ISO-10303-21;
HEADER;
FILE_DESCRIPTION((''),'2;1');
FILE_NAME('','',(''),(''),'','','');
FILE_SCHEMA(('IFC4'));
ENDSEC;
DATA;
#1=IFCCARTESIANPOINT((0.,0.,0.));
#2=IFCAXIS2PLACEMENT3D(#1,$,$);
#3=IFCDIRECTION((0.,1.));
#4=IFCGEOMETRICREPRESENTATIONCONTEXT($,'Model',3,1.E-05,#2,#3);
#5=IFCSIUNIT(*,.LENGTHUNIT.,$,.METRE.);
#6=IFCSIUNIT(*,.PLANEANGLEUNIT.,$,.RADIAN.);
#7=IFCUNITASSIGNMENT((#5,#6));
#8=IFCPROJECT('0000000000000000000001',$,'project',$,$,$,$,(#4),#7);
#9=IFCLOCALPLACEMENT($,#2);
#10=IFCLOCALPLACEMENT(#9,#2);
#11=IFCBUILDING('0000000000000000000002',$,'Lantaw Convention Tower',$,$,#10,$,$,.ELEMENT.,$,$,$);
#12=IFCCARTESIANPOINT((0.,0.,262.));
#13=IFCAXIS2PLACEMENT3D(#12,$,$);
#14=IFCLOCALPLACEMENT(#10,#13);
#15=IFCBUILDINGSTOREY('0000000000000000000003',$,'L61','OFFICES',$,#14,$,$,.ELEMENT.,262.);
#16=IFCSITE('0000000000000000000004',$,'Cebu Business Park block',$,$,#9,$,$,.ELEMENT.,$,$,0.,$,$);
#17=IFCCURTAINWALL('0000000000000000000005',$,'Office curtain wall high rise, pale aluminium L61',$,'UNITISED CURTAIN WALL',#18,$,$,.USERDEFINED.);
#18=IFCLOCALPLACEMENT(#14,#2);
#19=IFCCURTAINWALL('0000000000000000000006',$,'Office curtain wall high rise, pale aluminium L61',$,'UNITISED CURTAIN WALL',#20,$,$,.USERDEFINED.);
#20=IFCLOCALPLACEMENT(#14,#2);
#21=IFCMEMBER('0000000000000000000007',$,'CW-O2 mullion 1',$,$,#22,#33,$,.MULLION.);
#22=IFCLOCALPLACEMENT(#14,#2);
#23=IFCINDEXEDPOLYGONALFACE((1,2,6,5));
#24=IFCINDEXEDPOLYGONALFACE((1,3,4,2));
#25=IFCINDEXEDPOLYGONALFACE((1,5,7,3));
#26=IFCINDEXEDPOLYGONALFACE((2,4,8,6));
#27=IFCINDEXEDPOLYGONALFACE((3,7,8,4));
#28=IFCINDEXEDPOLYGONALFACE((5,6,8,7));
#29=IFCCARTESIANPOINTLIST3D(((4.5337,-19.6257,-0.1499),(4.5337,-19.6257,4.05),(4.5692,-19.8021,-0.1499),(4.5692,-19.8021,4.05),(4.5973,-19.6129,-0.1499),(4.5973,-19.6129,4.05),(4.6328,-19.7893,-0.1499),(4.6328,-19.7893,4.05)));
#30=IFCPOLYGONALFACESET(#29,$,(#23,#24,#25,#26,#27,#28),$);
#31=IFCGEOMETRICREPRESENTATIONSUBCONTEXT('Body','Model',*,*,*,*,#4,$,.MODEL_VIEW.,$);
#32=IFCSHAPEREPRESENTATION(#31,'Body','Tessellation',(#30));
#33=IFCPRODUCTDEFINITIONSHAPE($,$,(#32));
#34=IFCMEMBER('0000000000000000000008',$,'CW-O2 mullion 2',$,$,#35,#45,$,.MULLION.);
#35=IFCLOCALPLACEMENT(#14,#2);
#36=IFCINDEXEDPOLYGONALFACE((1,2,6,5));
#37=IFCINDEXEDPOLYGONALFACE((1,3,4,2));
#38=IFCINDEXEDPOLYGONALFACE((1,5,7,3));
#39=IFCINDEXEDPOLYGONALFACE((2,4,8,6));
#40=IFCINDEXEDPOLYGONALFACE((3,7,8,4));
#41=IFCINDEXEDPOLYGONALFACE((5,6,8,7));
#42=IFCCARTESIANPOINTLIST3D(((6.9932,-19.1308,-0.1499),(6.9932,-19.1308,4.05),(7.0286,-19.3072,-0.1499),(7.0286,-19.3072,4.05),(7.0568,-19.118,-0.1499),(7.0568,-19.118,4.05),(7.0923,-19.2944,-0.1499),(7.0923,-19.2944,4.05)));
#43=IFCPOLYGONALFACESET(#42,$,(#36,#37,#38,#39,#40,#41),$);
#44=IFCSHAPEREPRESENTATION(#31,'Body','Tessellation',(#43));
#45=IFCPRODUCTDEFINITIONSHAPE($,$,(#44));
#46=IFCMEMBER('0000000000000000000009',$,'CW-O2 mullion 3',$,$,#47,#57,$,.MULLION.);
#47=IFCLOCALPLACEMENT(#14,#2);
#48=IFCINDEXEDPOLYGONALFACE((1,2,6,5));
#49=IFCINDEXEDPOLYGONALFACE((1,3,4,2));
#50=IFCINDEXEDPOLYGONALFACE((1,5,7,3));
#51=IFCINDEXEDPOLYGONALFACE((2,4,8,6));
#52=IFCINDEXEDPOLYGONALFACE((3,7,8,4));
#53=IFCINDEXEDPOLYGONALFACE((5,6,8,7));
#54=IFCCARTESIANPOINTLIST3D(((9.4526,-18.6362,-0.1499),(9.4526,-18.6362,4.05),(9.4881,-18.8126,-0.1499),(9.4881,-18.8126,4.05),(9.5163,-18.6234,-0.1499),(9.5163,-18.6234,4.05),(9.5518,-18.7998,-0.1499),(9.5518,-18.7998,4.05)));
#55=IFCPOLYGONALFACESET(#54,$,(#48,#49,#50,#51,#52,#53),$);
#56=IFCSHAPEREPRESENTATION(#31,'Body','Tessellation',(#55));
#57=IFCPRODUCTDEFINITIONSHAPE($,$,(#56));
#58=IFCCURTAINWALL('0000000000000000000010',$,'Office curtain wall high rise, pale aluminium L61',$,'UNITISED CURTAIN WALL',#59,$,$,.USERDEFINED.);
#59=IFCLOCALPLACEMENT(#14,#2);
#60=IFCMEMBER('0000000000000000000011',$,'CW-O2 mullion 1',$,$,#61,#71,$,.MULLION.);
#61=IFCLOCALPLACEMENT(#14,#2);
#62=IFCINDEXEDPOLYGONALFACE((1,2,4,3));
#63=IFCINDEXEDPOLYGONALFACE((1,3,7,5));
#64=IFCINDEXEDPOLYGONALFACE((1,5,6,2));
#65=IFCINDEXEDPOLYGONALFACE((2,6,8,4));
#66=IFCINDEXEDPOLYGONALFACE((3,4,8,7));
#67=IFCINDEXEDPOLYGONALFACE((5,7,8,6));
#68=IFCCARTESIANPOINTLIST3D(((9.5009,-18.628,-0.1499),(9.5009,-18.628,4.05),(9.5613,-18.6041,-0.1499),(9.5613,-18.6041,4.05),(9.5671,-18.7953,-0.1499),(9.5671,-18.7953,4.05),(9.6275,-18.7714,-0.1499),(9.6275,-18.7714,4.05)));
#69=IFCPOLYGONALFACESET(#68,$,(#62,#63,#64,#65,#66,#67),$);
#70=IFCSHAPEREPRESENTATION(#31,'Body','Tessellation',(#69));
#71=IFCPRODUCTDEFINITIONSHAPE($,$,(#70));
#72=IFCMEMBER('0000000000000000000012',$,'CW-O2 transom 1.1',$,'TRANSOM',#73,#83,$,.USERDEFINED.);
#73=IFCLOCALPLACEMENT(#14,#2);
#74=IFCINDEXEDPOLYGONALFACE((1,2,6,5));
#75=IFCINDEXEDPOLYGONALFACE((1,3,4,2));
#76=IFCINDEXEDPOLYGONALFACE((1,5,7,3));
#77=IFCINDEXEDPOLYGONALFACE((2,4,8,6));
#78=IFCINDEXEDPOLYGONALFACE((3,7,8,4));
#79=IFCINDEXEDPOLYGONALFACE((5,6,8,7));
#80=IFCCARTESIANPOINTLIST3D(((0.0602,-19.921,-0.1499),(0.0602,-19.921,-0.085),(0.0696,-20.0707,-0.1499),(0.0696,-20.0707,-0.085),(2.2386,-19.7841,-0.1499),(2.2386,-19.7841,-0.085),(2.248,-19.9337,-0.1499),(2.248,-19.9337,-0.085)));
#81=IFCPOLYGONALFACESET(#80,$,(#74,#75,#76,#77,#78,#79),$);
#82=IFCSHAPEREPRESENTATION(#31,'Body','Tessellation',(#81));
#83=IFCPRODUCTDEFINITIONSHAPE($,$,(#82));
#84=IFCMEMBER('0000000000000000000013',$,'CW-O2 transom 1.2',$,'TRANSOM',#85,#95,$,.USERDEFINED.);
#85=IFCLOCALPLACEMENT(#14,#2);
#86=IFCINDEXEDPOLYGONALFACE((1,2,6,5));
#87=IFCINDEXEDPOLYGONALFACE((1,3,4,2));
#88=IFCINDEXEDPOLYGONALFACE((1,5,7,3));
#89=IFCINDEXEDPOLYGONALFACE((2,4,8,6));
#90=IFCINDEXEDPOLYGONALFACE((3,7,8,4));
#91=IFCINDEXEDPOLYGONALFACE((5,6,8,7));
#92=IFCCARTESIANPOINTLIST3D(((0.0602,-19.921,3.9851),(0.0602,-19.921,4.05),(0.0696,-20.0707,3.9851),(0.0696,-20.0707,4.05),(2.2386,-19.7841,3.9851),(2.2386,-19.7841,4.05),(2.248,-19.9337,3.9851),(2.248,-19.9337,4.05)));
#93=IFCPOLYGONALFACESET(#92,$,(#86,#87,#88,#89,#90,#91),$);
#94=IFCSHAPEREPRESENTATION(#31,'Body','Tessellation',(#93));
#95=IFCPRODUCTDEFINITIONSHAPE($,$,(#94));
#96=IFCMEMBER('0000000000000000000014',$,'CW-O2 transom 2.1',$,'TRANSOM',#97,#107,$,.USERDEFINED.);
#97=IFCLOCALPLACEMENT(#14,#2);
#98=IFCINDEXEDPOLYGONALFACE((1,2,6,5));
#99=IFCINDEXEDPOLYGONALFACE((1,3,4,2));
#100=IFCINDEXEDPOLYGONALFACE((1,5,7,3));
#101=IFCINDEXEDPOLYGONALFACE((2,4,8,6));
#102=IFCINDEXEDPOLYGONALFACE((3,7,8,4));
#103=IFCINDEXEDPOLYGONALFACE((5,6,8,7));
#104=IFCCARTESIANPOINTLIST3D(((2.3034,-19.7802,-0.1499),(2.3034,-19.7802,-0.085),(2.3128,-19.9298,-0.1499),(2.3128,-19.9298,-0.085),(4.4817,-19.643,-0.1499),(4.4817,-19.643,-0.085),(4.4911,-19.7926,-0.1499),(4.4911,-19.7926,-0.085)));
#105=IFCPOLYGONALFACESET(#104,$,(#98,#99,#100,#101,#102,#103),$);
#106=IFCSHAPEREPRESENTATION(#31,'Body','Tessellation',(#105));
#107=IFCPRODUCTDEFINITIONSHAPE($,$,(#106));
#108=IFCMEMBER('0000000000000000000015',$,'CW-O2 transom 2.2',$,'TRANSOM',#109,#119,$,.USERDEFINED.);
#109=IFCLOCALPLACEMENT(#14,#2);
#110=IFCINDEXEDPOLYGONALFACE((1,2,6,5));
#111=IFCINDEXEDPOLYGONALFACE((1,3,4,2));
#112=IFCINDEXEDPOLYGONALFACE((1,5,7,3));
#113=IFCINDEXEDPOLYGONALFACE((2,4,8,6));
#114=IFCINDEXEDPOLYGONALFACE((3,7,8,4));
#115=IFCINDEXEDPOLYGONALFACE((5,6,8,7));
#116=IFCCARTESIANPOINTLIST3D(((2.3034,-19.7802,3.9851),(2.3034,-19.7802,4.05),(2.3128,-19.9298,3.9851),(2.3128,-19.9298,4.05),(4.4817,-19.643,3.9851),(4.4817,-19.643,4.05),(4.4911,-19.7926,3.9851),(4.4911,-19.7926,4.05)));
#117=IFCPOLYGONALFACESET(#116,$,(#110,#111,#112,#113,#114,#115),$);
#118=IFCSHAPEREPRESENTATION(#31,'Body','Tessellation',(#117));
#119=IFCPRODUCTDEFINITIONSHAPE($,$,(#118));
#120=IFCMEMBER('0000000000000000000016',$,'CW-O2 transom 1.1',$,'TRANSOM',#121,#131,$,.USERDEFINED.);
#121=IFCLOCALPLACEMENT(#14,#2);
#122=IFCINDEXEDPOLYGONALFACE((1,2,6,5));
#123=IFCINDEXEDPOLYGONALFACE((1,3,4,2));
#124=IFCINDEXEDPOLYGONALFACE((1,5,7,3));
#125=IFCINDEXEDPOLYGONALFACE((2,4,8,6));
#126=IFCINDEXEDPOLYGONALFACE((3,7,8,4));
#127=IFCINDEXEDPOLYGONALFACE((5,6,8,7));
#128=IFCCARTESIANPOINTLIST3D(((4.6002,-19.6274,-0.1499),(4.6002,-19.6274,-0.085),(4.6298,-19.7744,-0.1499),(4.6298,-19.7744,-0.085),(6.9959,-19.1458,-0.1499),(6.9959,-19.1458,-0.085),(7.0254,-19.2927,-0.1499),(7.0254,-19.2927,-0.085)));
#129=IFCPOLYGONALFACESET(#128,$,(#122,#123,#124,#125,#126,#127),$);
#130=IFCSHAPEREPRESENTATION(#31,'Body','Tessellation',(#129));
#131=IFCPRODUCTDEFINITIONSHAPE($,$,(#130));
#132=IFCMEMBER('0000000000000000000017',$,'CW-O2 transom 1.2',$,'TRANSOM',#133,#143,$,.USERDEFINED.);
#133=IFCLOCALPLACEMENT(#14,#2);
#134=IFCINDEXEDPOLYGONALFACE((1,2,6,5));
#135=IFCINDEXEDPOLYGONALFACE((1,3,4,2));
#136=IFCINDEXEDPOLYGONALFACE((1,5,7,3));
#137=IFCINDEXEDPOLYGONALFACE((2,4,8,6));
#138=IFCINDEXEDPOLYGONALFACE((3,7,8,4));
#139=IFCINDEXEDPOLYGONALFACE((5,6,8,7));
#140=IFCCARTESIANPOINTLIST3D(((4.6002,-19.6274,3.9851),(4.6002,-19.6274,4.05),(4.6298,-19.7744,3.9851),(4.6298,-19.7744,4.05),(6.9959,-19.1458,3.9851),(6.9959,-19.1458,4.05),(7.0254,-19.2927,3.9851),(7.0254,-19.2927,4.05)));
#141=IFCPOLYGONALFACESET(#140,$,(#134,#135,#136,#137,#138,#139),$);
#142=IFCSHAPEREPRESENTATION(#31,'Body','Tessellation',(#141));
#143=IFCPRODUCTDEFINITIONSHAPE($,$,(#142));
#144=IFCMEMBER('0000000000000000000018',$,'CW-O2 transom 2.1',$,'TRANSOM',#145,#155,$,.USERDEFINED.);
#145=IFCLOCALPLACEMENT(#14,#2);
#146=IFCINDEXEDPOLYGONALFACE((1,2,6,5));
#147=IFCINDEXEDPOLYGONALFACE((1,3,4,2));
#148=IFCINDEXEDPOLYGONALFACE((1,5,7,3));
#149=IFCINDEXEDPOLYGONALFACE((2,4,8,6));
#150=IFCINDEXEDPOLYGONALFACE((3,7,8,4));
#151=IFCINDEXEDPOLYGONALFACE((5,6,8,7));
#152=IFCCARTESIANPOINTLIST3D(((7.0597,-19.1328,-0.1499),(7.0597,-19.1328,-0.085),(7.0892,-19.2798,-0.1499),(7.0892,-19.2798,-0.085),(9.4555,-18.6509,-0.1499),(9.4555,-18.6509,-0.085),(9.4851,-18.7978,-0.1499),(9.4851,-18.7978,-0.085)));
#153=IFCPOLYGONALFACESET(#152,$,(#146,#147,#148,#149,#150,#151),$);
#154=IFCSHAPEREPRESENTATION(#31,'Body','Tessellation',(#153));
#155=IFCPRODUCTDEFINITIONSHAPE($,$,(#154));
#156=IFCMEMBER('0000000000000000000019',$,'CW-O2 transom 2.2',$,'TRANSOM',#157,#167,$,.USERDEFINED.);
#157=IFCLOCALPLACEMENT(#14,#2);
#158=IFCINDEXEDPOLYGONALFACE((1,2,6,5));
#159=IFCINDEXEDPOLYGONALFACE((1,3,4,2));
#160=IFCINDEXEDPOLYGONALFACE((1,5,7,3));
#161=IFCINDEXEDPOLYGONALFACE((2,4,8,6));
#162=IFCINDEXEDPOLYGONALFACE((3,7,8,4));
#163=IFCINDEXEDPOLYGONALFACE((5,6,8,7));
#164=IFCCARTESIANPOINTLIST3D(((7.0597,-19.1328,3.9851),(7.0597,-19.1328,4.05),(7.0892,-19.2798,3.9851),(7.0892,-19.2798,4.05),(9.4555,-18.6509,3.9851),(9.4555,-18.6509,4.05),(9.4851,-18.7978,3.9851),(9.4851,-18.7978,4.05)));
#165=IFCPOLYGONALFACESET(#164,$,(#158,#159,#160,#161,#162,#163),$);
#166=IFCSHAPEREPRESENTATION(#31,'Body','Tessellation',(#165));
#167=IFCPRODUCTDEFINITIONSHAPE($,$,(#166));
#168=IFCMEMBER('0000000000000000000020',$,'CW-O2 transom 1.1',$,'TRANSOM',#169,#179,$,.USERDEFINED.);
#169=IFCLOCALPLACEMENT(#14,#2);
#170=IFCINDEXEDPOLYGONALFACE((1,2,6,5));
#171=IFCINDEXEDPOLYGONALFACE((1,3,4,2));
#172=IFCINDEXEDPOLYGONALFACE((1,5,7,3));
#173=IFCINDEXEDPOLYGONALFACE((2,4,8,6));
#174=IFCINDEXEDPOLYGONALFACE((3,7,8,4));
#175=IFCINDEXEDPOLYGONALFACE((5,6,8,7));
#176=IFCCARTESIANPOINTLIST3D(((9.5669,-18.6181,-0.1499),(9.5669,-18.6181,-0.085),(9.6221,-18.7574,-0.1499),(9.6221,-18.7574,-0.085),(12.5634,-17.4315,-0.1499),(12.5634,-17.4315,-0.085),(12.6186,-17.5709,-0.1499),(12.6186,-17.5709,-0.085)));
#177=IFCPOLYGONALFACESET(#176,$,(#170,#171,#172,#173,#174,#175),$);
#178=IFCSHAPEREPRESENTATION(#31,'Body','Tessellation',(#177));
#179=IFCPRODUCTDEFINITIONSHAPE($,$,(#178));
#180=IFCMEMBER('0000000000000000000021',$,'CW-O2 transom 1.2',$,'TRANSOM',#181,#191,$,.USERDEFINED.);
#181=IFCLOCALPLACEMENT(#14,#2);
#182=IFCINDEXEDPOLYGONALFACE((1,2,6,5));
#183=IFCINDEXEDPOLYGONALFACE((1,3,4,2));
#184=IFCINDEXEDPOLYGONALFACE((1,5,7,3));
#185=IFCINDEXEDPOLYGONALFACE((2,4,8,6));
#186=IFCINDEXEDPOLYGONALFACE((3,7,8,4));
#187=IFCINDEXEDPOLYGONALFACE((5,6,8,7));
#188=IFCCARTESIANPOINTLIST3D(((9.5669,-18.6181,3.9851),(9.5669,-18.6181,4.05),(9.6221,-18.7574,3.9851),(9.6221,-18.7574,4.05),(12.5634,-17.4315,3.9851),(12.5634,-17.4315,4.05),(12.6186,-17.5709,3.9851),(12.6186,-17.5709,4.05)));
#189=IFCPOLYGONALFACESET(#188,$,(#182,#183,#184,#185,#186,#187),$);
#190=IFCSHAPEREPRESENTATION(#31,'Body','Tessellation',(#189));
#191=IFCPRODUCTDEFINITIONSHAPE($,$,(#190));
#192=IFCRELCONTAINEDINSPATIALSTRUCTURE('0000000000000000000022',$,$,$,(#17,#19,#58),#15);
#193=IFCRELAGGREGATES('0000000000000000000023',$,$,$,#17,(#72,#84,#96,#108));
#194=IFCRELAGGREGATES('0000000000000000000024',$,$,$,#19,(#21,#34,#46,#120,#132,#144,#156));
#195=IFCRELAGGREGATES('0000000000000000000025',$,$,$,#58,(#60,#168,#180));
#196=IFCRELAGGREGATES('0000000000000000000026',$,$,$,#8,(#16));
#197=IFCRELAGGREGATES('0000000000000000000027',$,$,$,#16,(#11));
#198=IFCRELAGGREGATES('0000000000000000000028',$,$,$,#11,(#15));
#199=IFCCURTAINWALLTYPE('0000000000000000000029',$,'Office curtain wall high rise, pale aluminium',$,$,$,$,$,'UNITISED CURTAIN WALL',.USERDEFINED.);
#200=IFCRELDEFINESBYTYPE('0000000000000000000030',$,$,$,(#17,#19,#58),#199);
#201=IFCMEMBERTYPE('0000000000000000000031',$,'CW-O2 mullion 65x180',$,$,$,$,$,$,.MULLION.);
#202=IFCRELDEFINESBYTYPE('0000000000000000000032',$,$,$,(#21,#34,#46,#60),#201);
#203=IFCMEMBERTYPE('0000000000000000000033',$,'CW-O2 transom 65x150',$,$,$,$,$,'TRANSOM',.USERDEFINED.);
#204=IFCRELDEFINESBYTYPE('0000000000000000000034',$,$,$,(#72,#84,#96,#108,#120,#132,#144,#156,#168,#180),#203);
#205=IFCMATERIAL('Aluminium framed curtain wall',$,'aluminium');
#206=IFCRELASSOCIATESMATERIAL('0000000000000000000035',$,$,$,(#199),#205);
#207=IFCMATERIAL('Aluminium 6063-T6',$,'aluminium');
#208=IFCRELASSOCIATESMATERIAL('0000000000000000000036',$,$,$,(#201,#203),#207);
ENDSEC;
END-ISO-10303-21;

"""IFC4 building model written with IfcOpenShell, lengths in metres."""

from ifc_helpers import new_model, si_unit, direction, frame, origin, origin_2d, place, context, subcontext, project, spatial, rectangle, extrude, material, material_profile, profile_set, type_object, element, aggregate, save


model = new_model("IFC4")

# Units and contexts
model_context = context("Model", 3, precision=1e-05, world=origin(), true_north=direction((0.0, 1.0)))
body_context = subcontext(model_context, "Body", "Model", "MODEL_VIEW")
ifc_project = project(units=[si_unit("LENGTHUNIT", "METRE"), si_unit("PLANEANGLEUNIT", "RADIAN")], contexts=[model_context])

# Site, building, storey
site_placement = place(None, origin())
site = spatial("IfcSite", under=ifc_project, at=site_placement, Name="Cebu Business Park block", CompositionType="ELEMENT", RefElevation=0.0)
building_placement = place(site_placement, origin())
building = spatial("IfcBuilding", under=site, at=building_placement, Name="Lantaw Convention Tower", CompositionType="ELEMENT")
storey_placement = place(building_placement, frame((0.0, 0.0, 262.0)))
storey = spatial("IfcBuildingStorey", under=building, at=storey_placement, Name="L61", Description="OFFICES", CompositionType="ELEMENT", Elevation=262.0)

# Curtain walls, members
ifc_material_1 = material(Name="Aluminium framed curtain wall", Category="aluminium")
curtain_wall_type = type_object("IfcCurtainWallType", Name="Office curtain wall high rise, pale aluminium", ElementType="UNITISED CURTAIN WALL", PredefinedType="USERDEFINED", material=ifc_material_1)
curtain_wall_1_placement = place(storey_placement, origin())
curtain_wall_1 = element("IfcCurtainWall", 1, at=curtain_wall_1_placement, inside=storey, type_object=curtain_wall_type, Name="Office curtain wall high rise, pale aluminium L61", ObjectType="UNITISED CURTAIN WALL", PredefinedType="USERDEFINED")
ifc_material_2 = material(Name="Aluminium 6063-T6", Category="aluminium")
ifc_material_profile_1 = material_profile(ifc_material_2, rectangle(XDim=0.1799, YDim=0.0649, at=origin_2d()), Name="CW-O2 mullion 65x180")
ifc_profile_set_1 = profile_set([ifc_material_profile_1], Name="Aluminium 6063-T6")
member_type_1 = type_object("IfcMemberType", Name="CW-O2 mullion 65x180", PredefinedType="MULLION", material=ifc_profile_set_1)
curtain_wall_2_placement = place(storey_placement, origin())
curtain_wall_2 = element("IfcCurtainWall", 2, at=curtain_wall_2_placement, inside=storey, type_object=curtain_wall_type, Name="Office curtain wall high rise, pale aluminium L61", ObjectType="UNITISED CURTAIN WALL", PredefinedType="USERDEFINED")
member_1_placement = place(storey_placement, frame((4.5833, -19.7075, -0.1499), z_axis=(0.0, 0.0, 1.0), x_axis=(-0.197183, 0.980367, 0.0)))
member_1 = element("IfcMember", 3, at=member_1_placement, type_object=member_type_1, Name="CW-O2 mullion 1", PredefinedType="MULLION", context=body_context, shape_type="SweptSolid", body=[
    extrude(rectangle(XDim=0.1799, YDim=0.0649, at=origin_2d()), origin(), (0.0, 0.0, 1.0), 4.2),
])
member_2_placement = place(storey_placement, frame((7.0427, -19.2126, -0.1499), z_axis=(0.0, 0.0, 1.0), x_axis=(-0.197183, 0.980367, 0.0)))
member_2 = element("IfcMember", 4, at=member_2_placement, type_object=member_type_1, Name="CW-O2 mullion 2", PredefinedType="MULLION", context=body_context, shape_type="SweptSolid", body=[
    extrude(rectangle(XDim=0.1799, YDim=0.0649, at=origin_2d()), origin(), (0.0, 0.0, 1.0), 4.2),
])
member_3_placement = place(storey_placement, frame((9.5022, -18.718, -0.1499), z_axis=(0.0, 0.0, 1.0), x_axis=(-0.197183, 0.980367, 0.0)))
member_3 = element("IfcMember", 5, at=member_3_placement, type_object=member_type_1, Name="CW-O2 mullion 3", PredefinedType="MULLION", context=body_context, shape_type="SweptSolid", body=[
    extrude(rectangle(XDim=0.1799, YDim=0.0649, at=origin_2d()), origin(), (0.0, 0.0, 1.0), 4.2),
])

# Curtain wall, member
curtain_wall_3_placement = place(storey_placement, origin())
curtain_wall_3 = element("IfcCurtainWall", 6, at=curtain_wall_3_placement, inside=storey, type_object=curtain_wall_type, Name="Office curtain wall high rise, pale aluminium L61", ObjectType="UNITISED CURTAIN WALL", PredefinedType="USERDEFINED")
member_4_placement = place(storey_placement, frame((9.5642, -18.6997, -0.1499), z_axis=(0.0, 0.0, 1.0), x_axis=(-0.368162, 0.929762, 0.0)))
member_4 = element("IfcMember", 7, at=member_4_placement, type_object=member_type_1, Name="CW-O2 mullion 1", PredefinedType="MULLION", context=body_context, shape_type="SweptSolid", body=[
    extrude(rectangle(XDim=0.1799, YDim=0.0649, at=origin_2d()), origin(), (0.0, 0.0, 1.0), 4.2),
])

# Members
ifc_material_profile_2 = material_profile(ifc_material_2, rectangle(XDim=0.1499, YDim=0.0649, at=origin_2d()), Name="CW-O2 transom 65x150")
ifc_profile_set_2 = profile_set([ifc_material_profile_2], Name="Aluminium 6063-T6")
member_type_2 = type_object("IfcMemberType", Name="CW-O2 transom 65x150", ElementType="TRANSOM", PredefinedType="USERDEFINED", material=ifc_profile_set_2)
member_5_placement = place(storey_placement, frame((0.0649, -19.9958, -0.1174), z_axis=(0.998029, 0.062754, 0.0), x_axis=(-0.062754, 0.998029, 0.0)))
member_5 = element("IfcMember", 8, at=member_5_placement, type_object=member_type_2, Name="CW-O2 transom 1.1", ObjectType="TRANSOM", PredefinedType="USERDEFINED", context=body_context, shape_type="SweptSolid", body=[
    extrude(rectangle(XDim=0.1499, YDim=0.0649, at=origin_2d()), origin(), (0.0, 0.0, 1.0), 2.1826),
])
member_6_placement = place(storey_placement, frame((0.0649, -19.9958, 4.0176), z_axis=(0.998029, 0.062754, 0.0), x_axis=(-0.062754, 0.998029, 0.0)))
member_6 = element("IfcMember", 9, at=member_6_placement, type_object=member_type_2, Name="CW-O2 transom 1.2", ObjectType="TRANSOM", PredefinedType="USERDEFINED", context=body_context, shape_type="SweptSolid", body=[
    extrude(rectangle(XDim=0.1499, YDim=0.0649, at=origin_2d()), origin(), (0.0, 0.0, 1.0), 2.1826),
])
member_7_placement = place(storey_placement, frame((2.3081, -19.855, -0.1174), z_axis=(0.998022, 0.062866, 0.0), x_axis=(-0.062866, 0.998022, 0.0)))
member_7 = element("IfcMember", 10, at=member_7_placement, type_object=member_type_2, Name="CW-O2 transom 2.1", ObjectType="TRANSOM", PredefinedType="USERDEFINED", context=body_context, shape_type="SweptSolid", body=[
    extrude(rectangle(XDim=0.1499, YDim=0.0649, at=origin_2d()), origin(), (0.0, 0.0, 1.0), 2.1826),
])
member_8_placement = place(storey_placement, frame((2.3081, -19.855, 4.0176), z_axis=(0.998022, 0.062866, 0.0), x_axis=(-0.062866, 0.998022, 0.0)))
member_8 = element("IfcMember", 11, at=member_8_placement, type_object=member_type_2, Name="CW-O2 transom 2.2", ObjectType="TRANSOM", PredefinedType="USERDEFINED", context=body_context, shape_type="SweptSolid", body=[
    extrude(rectangle(XDim=0.1499, YDim=0.0649, at=origin_2d()), origin(), (0.0, 0.0, 1.0), 2.1826),
])
member_9_placement = place(storey_placement, frame((4.615, -19.7009, -0.1174), z_axis=(0.98038, 0.197115, 0.0), x_axis=(-0.197115, 0.98038, 0.0)))
member_9 = element("IfcMember", 12, at=member_9_placement, type_object=member_type_2, Name="CW-O2 transom 1.1", ObjectType="TRANSOM", PredefinedType="USERDEFINED", context=body_context, shape_type="SweptSolid", body=[
    extrude(rectangle(XDim=0.1499, YDim=0.0649, at=origin_2d()), origin(), (0.0, 0.0, 1.0), 2.4436),
])
member_10_placement = place(storey_placement, frame((4.615, -19.7009, 4.0176), z_axis=(0.98038, 0.197115, 0.0), x_axis=(-0.197115, 0.98038, 0.0)))
member_10 = element("IfcMember", 13, at=member_10_placement, type_object=member_type_2, Name="CW-O2 transom 1.2", ObjectType="TRANSOM", PredefinedType="USERDEFINED", context=body_context, shape_type="SweptSolid", body=[
    extrude(rectangle(XDim=0.1499, YDim=0.0649, at=origin_2d()), origin(), (0.0, 0.0, 1.0), 2.4436),
])
member_11_placement = place(storey_placement, frame((7.0745, -19.2063, -0.1174), z_axis=(0.980361, 0.197211, 0.0), x_axis=(-0.197211, 0.980361, 0.0)))
member_11 = element("IfcMember", 14, at=member_11_placement, type_object=member_type_2, Name="CW-O2 transom 2.1", ObjectType="TRANSOM", PredefinedType="USERDEFINED", context=body_context, shape_type="SweptSolid", body=[
    extrude(rectangle(XDim=0.1499, YDim=0.0649, at=origin_2d()), origin(), (0.0, 0.0, 1.0), 2.4438),
])
member_12_placement = place(storey_placement, frame((7.0745, -19.2063, 4.0176), z_axis=(0.980361, 0.197211, 0.0), x_axis=(-0.197211, 0.980361, 0.0)))
member_12 = element("IfcMember", 15, at=member_12_placement, type_object=member_type_2, Name="CW-O2 transom 2.2", ObjectType="TRANSOM", PredefinedType="USERDEFINED", context=body_context, shape_type="SweptSolid", body=[
    extrude(rectangle(XDim=0.1499, YDim=0.0649, at=origin_2d()), origin(), (0.0, 0.0, 1.0), 2.4438),
])
member_13_placement = place(storey_placement, frame((9.5945, -18.6877, -0.1174), z_axis=(0.929767, 0.368149, 0.0), x_axis=(-0.368149, 0.929767, 0.0)))
member_13 = element("IfcMember", 16, at=member_13_placement, type_object=member_type_2, Name="CW-O2 transom 1.1", ObjectType="TRANSOM", PredefinedType="USERDEFINED", context=body_context, shape_type="SweptSolid", body=[
    extrude(rectangle(XDim=0.1499, YDim=0.0649, at=origin_2d()), origin(), (0.0, 0.0, 1.0), 3.2229),
])
member_14_placement = place(storey_placement, frame((9.5945, -18.6877, 4.0176), z_axis=(0.929767, 0.368149, 0.0), x_axis=(-0.368149, 0.929767, 0.0)))
member_14 = element("IfcMember", 17, at=member_14_placement, type_object=member_type_2, Name="CW-O2 transom 1.2", ObjectType="TRANSOM", PredefinedType="USERDEFINED", context=body_context, shape_type="SweptSolid", body=[
    extrude(rectangle(XDim=0.1499, YDim=0.0649, at=origin_2d()), origin(), (0.0, 0.0, 1.0), 3.2229),
])

aggregate(curtain_wall_1, [member_5, member_6, member_7, member_8])
aggregate(curtain_wall_2, [member_1, member_2, member_3, member_9, member_10, member_11, member_12])
aggregate(curtain_wall_3, [member_4, member_13, member_14])

save(model, "model.ifc")
